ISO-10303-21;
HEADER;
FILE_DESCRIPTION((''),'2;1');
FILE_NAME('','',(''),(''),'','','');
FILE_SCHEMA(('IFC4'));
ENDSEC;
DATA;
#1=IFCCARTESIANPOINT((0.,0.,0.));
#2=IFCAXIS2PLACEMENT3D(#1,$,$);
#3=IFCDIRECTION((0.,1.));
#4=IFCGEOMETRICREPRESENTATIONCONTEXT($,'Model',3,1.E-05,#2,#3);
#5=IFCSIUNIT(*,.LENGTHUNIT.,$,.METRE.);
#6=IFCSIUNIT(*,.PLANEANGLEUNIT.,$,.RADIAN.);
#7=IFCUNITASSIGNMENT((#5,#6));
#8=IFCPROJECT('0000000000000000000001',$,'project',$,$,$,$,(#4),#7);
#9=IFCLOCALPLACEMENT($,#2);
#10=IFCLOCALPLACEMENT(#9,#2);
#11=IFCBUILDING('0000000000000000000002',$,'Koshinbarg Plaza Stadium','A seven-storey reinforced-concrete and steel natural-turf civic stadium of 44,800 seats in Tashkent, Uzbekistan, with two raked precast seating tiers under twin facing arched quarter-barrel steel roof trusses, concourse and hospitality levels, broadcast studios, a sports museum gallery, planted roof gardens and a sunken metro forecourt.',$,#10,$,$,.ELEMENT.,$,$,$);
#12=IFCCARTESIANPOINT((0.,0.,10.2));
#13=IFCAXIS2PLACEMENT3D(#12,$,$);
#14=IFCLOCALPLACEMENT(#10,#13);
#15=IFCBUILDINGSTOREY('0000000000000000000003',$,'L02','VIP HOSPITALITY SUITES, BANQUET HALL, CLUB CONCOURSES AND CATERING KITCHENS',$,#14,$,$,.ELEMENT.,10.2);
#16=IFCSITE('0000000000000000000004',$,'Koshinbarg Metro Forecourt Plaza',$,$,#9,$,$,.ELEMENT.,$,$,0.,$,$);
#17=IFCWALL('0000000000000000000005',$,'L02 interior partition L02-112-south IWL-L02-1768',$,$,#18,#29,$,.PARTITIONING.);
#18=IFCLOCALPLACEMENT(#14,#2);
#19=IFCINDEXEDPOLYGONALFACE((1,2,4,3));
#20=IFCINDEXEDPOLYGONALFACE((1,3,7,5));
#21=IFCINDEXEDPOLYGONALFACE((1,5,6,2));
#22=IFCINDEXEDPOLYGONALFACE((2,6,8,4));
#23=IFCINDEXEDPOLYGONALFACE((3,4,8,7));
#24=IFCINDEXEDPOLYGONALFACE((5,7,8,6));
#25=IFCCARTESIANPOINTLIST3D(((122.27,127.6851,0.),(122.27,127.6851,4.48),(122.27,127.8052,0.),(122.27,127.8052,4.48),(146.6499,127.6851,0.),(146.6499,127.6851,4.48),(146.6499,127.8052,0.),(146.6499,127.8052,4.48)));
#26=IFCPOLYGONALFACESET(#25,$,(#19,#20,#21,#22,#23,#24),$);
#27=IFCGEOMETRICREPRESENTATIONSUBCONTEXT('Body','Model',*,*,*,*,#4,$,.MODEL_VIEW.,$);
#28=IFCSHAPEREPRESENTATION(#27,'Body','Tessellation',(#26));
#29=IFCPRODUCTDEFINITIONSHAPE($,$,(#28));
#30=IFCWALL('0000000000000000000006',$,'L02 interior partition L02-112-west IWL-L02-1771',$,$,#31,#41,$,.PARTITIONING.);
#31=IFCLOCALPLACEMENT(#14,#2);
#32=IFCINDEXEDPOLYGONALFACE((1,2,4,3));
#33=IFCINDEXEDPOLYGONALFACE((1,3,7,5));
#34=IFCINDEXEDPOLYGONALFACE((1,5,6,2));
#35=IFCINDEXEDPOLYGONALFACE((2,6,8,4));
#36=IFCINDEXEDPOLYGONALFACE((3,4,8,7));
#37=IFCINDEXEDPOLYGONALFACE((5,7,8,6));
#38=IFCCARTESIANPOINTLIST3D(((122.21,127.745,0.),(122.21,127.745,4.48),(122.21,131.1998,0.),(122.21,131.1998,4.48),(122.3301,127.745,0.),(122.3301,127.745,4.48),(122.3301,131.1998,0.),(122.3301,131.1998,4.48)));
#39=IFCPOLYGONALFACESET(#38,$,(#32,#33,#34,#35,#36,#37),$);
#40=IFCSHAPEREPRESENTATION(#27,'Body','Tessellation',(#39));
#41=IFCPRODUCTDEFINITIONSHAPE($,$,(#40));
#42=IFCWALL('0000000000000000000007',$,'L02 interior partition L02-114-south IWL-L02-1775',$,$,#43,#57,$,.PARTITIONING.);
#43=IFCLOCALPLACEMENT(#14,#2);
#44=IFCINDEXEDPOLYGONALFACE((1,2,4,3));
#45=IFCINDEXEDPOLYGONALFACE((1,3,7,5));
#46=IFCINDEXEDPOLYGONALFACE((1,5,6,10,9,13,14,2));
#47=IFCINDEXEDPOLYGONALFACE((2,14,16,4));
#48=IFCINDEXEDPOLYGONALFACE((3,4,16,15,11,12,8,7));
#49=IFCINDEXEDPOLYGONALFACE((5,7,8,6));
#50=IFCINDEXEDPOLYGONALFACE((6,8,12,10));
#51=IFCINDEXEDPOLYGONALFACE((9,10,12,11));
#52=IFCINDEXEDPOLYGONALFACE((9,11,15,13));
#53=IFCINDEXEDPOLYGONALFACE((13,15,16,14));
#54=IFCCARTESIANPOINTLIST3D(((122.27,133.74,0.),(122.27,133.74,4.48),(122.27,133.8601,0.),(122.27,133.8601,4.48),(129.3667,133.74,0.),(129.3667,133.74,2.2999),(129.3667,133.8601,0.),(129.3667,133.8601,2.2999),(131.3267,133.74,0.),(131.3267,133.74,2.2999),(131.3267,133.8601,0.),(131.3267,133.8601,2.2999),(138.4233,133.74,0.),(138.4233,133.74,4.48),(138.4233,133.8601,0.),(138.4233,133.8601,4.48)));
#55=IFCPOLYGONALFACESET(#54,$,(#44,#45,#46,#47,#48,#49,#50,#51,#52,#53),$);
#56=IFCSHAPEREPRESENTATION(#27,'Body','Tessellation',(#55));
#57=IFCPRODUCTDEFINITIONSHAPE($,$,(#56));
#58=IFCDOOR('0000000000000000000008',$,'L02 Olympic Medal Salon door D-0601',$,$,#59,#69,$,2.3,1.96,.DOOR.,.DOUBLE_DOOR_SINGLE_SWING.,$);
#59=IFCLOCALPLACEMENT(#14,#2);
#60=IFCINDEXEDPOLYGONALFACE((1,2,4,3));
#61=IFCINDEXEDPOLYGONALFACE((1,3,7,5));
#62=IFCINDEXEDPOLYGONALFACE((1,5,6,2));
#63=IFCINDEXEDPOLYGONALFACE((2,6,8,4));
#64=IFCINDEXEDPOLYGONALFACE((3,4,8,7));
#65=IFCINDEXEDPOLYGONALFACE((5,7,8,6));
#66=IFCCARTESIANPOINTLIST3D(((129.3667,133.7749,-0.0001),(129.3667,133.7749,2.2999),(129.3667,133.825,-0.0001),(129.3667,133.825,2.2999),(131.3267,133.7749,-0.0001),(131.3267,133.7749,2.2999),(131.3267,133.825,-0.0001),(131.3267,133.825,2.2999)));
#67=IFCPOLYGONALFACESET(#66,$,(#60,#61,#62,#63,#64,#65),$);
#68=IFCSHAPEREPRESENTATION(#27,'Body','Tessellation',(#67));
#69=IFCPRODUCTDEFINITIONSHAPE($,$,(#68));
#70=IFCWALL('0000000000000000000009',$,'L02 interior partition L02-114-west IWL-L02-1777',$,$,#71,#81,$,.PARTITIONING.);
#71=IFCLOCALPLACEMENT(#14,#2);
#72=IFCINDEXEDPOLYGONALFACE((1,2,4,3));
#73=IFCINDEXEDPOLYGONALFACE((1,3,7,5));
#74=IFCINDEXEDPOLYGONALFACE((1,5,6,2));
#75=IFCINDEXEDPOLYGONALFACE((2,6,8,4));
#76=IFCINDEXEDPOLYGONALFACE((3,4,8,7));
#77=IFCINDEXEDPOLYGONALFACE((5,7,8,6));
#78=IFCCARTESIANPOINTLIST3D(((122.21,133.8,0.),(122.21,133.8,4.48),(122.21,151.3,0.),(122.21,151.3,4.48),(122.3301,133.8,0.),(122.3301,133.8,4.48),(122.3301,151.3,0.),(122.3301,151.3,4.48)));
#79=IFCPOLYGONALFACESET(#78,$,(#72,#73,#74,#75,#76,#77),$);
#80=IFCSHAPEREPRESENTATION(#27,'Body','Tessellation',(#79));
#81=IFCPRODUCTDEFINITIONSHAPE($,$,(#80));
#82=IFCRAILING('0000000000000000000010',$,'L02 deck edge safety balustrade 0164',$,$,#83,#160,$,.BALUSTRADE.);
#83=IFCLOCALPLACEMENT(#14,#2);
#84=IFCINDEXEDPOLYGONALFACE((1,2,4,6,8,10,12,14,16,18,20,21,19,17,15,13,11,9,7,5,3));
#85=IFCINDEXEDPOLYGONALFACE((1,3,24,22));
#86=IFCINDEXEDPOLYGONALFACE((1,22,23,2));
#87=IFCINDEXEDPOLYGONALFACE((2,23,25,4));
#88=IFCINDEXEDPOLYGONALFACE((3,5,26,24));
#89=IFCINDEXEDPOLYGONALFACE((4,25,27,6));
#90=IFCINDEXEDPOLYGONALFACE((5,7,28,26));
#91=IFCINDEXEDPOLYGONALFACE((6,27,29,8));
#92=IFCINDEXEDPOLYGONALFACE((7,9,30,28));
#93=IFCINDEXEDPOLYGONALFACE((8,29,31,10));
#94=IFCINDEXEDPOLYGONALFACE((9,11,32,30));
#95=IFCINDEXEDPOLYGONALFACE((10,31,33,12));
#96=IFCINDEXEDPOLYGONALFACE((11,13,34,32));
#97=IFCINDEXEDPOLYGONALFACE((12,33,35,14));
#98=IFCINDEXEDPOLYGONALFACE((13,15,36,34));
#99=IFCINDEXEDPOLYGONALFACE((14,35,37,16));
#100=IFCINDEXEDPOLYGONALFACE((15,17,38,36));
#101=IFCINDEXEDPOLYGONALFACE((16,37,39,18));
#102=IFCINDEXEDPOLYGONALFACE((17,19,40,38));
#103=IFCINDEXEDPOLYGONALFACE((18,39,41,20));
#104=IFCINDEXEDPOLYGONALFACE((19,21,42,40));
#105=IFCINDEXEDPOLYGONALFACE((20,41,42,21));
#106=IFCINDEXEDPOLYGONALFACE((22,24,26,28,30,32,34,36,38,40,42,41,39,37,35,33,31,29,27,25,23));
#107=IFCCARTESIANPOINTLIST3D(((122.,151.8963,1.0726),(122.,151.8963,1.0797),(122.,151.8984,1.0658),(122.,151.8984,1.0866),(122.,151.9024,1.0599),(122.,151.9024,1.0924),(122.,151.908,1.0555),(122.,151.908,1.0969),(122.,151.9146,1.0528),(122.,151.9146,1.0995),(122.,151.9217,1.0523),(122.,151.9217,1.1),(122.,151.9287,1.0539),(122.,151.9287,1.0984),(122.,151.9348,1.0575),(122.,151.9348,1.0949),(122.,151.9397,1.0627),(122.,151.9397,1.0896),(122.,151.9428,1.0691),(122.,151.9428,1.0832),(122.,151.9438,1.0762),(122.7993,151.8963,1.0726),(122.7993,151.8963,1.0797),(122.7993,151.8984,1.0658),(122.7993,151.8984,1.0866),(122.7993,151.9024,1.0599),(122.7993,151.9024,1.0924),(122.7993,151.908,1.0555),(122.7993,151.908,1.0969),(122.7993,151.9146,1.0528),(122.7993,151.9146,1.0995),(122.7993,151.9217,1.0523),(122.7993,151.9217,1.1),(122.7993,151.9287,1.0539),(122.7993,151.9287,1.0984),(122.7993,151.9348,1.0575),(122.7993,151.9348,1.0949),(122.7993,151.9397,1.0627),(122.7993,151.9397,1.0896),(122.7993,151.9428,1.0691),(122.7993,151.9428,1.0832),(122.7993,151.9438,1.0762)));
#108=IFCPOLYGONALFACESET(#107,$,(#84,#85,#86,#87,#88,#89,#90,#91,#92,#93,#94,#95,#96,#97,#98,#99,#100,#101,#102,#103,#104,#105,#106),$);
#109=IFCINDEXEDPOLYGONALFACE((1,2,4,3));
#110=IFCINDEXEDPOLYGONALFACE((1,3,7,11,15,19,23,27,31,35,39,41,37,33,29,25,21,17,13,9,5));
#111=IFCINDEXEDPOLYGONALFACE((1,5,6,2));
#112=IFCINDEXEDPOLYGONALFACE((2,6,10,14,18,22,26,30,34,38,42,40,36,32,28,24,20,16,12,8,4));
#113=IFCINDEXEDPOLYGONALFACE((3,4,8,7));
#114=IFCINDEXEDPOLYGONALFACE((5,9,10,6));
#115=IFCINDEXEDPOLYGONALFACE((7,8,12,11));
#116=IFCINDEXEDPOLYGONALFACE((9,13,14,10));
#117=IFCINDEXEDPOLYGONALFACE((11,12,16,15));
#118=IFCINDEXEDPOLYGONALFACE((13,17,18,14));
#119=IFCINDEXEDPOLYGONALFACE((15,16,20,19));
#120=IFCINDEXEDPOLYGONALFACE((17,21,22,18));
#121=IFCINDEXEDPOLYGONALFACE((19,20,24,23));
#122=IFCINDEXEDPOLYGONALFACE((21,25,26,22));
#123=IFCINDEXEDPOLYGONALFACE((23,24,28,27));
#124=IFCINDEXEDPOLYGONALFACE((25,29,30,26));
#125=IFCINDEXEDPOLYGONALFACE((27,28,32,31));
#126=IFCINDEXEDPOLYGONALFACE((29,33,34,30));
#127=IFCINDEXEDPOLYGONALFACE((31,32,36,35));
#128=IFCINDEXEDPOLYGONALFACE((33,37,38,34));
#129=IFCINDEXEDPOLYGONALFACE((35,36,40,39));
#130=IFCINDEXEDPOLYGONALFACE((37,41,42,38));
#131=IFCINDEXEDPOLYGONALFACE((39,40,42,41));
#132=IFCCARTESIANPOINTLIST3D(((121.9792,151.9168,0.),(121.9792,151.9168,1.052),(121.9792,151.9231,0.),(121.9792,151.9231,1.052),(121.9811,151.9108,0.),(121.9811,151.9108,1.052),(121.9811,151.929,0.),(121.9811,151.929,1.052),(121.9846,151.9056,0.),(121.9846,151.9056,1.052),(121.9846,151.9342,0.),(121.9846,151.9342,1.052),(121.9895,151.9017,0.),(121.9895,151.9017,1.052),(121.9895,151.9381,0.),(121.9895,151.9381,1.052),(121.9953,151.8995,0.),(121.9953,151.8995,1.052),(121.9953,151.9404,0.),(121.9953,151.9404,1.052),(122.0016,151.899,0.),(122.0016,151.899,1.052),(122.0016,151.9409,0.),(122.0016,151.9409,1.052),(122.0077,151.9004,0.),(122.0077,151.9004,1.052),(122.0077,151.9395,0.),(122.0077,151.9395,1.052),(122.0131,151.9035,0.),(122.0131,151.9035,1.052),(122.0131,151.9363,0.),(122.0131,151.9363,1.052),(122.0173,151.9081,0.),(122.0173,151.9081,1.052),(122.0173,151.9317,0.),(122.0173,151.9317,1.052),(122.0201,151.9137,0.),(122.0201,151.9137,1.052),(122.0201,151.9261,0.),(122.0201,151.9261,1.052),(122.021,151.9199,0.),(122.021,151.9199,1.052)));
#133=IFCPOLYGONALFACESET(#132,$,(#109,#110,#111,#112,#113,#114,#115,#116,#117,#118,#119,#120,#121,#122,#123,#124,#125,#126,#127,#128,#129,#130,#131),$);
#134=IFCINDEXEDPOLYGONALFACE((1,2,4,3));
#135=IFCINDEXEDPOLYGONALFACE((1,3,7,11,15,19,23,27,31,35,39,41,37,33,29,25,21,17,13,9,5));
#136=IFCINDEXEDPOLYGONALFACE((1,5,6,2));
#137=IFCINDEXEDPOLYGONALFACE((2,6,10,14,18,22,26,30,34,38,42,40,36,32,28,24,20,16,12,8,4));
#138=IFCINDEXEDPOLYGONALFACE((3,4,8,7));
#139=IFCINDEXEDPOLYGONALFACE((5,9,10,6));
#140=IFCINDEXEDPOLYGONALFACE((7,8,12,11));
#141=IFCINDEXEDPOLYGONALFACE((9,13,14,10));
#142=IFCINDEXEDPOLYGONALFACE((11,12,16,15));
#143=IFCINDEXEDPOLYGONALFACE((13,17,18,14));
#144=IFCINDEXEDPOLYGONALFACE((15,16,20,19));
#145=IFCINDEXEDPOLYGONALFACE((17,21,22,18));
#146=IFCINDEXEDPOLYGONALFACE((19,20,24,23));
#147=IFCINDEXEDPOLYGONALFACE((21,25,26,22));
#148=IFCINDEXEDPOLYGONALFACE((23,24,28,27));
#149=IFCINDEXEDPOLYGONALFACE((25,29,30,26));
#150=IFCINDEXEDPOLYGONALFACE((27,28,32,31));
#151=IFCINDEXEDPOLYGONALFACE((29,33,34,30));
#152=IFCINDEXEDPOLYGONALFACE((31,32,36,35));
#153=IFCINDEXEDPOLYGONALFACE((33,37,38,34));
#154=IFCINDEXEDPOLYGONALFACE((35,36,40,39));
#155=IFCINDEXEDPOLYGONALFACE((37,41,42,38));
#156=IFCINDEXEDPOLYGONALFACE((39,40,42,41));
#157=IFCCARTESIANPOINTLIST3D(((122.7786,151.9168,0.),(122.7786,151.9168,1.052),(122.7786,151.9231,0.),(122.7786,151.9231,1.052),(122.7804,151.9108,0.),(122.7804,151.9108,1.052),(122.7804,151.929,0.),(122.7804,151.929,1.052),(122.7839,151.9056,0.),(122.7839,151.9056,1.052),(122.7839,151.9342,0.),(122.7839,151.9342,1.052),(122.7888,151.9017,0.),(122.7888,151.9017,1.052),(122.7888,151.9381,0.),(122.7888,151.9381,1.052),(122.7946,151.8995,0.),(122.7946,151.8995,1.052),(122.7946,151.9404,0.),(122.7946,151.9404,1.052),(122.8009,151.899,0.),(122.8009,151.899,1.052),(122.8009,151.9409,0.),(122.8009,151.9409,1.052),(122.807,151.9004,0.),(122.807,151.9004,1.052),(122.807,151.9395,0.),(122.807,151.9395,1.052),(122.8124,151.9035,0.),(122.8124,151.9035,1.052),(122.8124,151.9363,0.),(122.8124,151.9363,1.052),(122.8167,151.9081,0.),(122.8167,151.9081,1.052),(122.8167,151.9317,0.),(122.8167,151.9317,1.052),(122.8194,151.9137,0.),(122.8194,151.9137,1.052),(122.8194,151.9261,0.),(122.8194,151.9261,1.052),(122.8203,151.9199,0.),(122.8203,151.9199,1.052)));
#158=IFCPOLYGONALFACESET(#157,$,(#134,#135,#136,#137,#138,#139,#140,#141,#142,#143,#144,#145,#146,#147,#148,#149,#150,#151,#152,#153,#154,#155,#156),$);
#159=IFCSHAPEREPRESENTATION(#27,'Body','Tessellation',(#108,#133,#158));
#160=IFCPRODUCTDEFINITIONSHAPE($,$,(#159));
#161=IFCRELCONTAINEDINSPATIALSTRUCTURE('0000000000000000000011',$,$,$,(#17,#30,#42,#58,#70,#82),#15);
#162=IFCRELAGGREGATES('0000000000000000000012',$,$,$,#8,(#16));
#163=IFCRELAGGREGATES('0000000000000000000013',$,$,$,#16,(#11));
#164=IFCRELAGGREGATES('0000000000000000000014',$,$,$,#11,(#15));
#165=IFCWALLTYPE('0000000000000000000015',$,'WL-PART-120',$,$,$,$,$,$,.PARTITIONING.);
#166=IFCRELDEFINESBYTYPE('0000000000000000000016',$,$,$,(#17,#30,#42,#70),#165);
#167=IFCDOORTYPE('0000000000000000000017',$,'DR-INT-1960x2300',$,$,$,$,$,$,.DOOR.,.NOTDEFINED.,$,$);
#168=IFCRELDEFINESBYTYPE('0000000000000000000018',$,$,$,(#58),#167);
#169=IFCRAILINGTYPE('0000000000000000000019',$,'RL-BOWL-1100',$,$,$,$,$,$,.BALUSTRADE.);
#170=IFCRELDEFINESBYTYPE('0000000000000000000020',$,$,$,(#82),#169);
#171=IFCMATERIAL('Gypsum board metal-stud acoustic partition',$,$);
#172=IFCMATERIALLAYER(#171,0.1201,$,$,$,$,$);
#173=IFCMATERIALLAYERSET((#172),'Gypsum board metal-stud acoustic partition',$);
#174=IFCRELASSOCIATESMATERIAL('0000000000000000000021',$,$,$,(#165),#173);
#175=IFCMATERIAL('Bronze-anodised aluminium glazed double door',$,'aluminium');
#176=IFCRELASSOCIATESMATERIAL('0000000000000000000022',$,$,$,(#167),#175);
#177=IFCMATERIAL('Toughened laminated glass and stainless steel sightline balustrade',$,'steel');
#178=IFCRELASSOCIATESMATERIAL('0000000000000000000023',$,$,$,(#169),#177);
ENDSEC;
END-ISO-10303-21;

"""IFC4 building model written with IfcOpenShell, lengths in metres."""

from ifc_helpers import new_model, si_unit, direction, frame, frame_2d, origin, origin_2d, place, context, subcontext, project, spatial, rectangle, circle, extrude, material, layer, layer_set, type_object, element, fill, save


model = new_model("IFC4")

# Units and contexts
model_context = context("Model", 3, precision=1e-05, world=origin(), true_north=direction((0.0, 1.0)))
body_context = subcontext(model_context, "Body", "Model", "MODEL_VIEW")
ifc_project = project(units=[si_unit("LENGTHUNIT", "METRE"), si_unit("PLANEANGLEUNIT", "RADIAN")], contexts=[model_context])

# Site, building, storey
site_placement = place(None, origin())
site = spatial("IfcSite", under=ifc_project, at=site_placement, Name="Koshinbarg Metro Forecourt Plaza", CompositionType="ELEMENT", RefElevation=0.0)
building_placement = place(site_placement, origin())
building = spatial("IfcBuilding", under=site, at=building_placement, Name="Koshinbarg Plaza Stadium", Description="A seven-storey reinforced-concrete and steel natural-turf civic stadium of 44,800 seats in Tashkent, Uzbekistan, with two raked precast seating tiers under twin facing arched quarter-barrel steel roof trusses, concourse and hospitality levels, broadcast studios, a sports museum gallery, planted roof gardens and a sunken metro forecourt.", CompositionType="ELEMENT")
storey_placement = place(building_placement, frame((0.0, 0.0, 10.2)))
storey = spatial("IfcBuildingStorey", under=building, at=storey_placement, Name="L02", Description="VIP HOSPITALITY SUITES, BANQUET HALL, CLUB CONCOURSES AND CATERING KITCHENS", CompositionType="ELEMENT", Elevation=10.2)

# Shared definitions
ifc_material_1 = material(Name="Gypsum board metal-stud acoustic partition")
ifc_layer_1 = layer(ifc_material_1, 0.1201)
ifc_layer_set_1 = layer_set([ifc_layer_1], Name="Gypsum board metal-stud acoustic partition")
wall_type = type_object("IfcWallType", Name="WL-PART-120", PredefinedType="PARTITIONING", material=ifc_layer_set_1)

# Walls
wall_1_placement = place(storey_placement, frame((122.27, 127.7451, 0.0), z_axis=(0.0, 0.0, 1.0), x_axis=(1.0, 0.0, 0.0)))
element("IfcWall", 1, at=wall_1_placement, inside=storey, type_object=wall_type, Name="L02 interior partition L02-112-south IWL-L02-1768", PredefinedType="PARTITIONING", context=body_context, shape_type="SweptSolid", body=[
    extrude(rectangle(XDim=24.3799, YDim=0.1201, at=frame_2d((12.1899, 0.0))), origin(), (0.0, 0.0, 1.0), 4.48),
])
wall_2_placement = place(storey_placement, frame((122.27, 131.2, 0.0), z_axis=(0.0, 0.0, 1.0), x_axis=(0.0, -1.0, 0.0)))
element("IfcWall", 2, at=wall_2_placement, inside=storey, type_object=wall_type, Name="L02 interior partition L02-112-west IWL-L02-1771", PredefinedType="PARTITIONING", context=body_context, shape_type="SweptSolid", body=[
    extrude(rectangle(XDim=3.4548, YDim=0.1201, at=frame_2d((1.7275, 0.0))), origin(), (0.0, 0.0, 1.0), 4.48),
])

# Wall, opening, door
wall_3_placement = place(storey_placement, frame((122.27, 133.8, 0.0), z_axis=(0.0, 0.0, 1.0), x_axis=(1.0, 0.0, 0.0)))
wall_3 = element("IfcWall", 3, at=wall_3_placement, inside=storey, type_object=wall_type, Name="L02 interior partition L02-114-south IWL-L02-1775", PredefinedType="PARTITIONING", context=body_context, shape_type="SweptSolid", body=[
    extrude(rectangle(XDim=16.1533, YDim=0.1201, at=frame_2d((8.0767, 0.0))), origin(), (0.0, 0.0, 1.0), 4.48),
])
opening_1_placement = place(wall_3_placement, frame((7.0967, 0.0, 0.0)))
opening_1 = element("IfcOpeningElement", 4, at=opening_1_placement, cuts=wall_3, PredefinedType="OPENING", context=body_context, shape_type="SweptSolid", body=[
    extrude(rectangle(XDim=1.96, YDim=2.3, at=frame_2d((0.98, 1.1499))), frame((0.0, 0.0701, 0.0), z_axis=(0.0, -1.0, 0.0), x_axis=(1.0, 0.0, 0.0)), (0.0, 0.0, 1.0), 0.1401),
])
ifc_material_2 = material(Name="Bronze-anodised aluminium glazed double door", Category="aluminium")
door_type_1 = type_object("IfcDoorType", Name="DR-INT-1960x2300", OperationType="NOTDEFINED", PredefinedType="DOOR", material=ifc_material_2)
door_1_placement = place(opening_1_placement, origin())
door_1 = element("IfcDoor", 5, at=door_1_placement, inside=storey, type_object=door_type_1, Name="L02 Olympic Medal Salon door D-0601", OperationType="DOUBLE_DOOR_SINGLE_SWING", OverallHeight=2.3, OverallWidth=1.96, PredefinedType="DOOR", context=body_context, shape_type="SweptSolid", body=[
    extrude(rectangle(XDim=1.96, YDim=2.3, at=frame_2d((0.98, 1.1499))), frame((0.0, 0.0249, 0.0), z_axis=(0.0, -1.0, 0.0), x_axis=(1.0, 0.0, 0.0)), (0.0, 0.0, 1.0), 0.05),
])
fill(opening_1, door_1)

# Wall
wall_4_placement = place(storey_placement, frame((122.27, 151.3, 0.0), z_axis=(0.0, 0.0, 1.0), x_axis=(0.0, -1.0, 0.0)))
element("IfcWall", 6, at=wall_4_placement, inside=storey, type_object=wall_type, Name="L02 interior partition L02-114-west IWL-L02-1777", PredefinedType="PARTITIONING", context=body_context, shape_type="SweptSolid", body=[
    extrude(rectangle(XDim=17.5, YDim=0.1201, at=frame_2d((8.75, 0.0))), origin(), (0.0, 0.0, 1.0), 4.48),
])

# Railing
ifc_material_3 = material(Name="Toughened laminated glass and stainless steel sightline balustrade", Category="steel")
railing_type = type_object("IfcRailingType", Name="RL-BOWL-1100", PredefinedType="BALUSTRADE", material=ifc_material_3)
railing_placement = place(storey_placement, frame((122.0, 151.9199, 0.0)))
element("IfcRailing", 7, at=railing_placement, inside=storey, type_object=railing_type, Name="L02 deck edge safety balustrade 0164", PredefinedType="BALUSTRADE", context=body_context, shape_type="SweptSolid", body=[
    extrude(circle(Radius=0.0239, at=origin_2d()), frame((0.0, 0.0, 1.0762), z_axis=(1.0, 0.0, 0.0), x_axis=(0.0, 1.0, 0.0)), (0.0, 0.0, 1.0), 0.7993),
    extrude(circle(Radius=0.021, at=origin_2d()), origin(), (0.0, 0.0, 1.0), 1.052),
    extrude(circle(Radius=0.021, at=origin_2d()), frame((0.7993, 0.0, 0.0)), (0.0, 0.0, 1.0), 1.052),
])

save(model, "model.ifc")
